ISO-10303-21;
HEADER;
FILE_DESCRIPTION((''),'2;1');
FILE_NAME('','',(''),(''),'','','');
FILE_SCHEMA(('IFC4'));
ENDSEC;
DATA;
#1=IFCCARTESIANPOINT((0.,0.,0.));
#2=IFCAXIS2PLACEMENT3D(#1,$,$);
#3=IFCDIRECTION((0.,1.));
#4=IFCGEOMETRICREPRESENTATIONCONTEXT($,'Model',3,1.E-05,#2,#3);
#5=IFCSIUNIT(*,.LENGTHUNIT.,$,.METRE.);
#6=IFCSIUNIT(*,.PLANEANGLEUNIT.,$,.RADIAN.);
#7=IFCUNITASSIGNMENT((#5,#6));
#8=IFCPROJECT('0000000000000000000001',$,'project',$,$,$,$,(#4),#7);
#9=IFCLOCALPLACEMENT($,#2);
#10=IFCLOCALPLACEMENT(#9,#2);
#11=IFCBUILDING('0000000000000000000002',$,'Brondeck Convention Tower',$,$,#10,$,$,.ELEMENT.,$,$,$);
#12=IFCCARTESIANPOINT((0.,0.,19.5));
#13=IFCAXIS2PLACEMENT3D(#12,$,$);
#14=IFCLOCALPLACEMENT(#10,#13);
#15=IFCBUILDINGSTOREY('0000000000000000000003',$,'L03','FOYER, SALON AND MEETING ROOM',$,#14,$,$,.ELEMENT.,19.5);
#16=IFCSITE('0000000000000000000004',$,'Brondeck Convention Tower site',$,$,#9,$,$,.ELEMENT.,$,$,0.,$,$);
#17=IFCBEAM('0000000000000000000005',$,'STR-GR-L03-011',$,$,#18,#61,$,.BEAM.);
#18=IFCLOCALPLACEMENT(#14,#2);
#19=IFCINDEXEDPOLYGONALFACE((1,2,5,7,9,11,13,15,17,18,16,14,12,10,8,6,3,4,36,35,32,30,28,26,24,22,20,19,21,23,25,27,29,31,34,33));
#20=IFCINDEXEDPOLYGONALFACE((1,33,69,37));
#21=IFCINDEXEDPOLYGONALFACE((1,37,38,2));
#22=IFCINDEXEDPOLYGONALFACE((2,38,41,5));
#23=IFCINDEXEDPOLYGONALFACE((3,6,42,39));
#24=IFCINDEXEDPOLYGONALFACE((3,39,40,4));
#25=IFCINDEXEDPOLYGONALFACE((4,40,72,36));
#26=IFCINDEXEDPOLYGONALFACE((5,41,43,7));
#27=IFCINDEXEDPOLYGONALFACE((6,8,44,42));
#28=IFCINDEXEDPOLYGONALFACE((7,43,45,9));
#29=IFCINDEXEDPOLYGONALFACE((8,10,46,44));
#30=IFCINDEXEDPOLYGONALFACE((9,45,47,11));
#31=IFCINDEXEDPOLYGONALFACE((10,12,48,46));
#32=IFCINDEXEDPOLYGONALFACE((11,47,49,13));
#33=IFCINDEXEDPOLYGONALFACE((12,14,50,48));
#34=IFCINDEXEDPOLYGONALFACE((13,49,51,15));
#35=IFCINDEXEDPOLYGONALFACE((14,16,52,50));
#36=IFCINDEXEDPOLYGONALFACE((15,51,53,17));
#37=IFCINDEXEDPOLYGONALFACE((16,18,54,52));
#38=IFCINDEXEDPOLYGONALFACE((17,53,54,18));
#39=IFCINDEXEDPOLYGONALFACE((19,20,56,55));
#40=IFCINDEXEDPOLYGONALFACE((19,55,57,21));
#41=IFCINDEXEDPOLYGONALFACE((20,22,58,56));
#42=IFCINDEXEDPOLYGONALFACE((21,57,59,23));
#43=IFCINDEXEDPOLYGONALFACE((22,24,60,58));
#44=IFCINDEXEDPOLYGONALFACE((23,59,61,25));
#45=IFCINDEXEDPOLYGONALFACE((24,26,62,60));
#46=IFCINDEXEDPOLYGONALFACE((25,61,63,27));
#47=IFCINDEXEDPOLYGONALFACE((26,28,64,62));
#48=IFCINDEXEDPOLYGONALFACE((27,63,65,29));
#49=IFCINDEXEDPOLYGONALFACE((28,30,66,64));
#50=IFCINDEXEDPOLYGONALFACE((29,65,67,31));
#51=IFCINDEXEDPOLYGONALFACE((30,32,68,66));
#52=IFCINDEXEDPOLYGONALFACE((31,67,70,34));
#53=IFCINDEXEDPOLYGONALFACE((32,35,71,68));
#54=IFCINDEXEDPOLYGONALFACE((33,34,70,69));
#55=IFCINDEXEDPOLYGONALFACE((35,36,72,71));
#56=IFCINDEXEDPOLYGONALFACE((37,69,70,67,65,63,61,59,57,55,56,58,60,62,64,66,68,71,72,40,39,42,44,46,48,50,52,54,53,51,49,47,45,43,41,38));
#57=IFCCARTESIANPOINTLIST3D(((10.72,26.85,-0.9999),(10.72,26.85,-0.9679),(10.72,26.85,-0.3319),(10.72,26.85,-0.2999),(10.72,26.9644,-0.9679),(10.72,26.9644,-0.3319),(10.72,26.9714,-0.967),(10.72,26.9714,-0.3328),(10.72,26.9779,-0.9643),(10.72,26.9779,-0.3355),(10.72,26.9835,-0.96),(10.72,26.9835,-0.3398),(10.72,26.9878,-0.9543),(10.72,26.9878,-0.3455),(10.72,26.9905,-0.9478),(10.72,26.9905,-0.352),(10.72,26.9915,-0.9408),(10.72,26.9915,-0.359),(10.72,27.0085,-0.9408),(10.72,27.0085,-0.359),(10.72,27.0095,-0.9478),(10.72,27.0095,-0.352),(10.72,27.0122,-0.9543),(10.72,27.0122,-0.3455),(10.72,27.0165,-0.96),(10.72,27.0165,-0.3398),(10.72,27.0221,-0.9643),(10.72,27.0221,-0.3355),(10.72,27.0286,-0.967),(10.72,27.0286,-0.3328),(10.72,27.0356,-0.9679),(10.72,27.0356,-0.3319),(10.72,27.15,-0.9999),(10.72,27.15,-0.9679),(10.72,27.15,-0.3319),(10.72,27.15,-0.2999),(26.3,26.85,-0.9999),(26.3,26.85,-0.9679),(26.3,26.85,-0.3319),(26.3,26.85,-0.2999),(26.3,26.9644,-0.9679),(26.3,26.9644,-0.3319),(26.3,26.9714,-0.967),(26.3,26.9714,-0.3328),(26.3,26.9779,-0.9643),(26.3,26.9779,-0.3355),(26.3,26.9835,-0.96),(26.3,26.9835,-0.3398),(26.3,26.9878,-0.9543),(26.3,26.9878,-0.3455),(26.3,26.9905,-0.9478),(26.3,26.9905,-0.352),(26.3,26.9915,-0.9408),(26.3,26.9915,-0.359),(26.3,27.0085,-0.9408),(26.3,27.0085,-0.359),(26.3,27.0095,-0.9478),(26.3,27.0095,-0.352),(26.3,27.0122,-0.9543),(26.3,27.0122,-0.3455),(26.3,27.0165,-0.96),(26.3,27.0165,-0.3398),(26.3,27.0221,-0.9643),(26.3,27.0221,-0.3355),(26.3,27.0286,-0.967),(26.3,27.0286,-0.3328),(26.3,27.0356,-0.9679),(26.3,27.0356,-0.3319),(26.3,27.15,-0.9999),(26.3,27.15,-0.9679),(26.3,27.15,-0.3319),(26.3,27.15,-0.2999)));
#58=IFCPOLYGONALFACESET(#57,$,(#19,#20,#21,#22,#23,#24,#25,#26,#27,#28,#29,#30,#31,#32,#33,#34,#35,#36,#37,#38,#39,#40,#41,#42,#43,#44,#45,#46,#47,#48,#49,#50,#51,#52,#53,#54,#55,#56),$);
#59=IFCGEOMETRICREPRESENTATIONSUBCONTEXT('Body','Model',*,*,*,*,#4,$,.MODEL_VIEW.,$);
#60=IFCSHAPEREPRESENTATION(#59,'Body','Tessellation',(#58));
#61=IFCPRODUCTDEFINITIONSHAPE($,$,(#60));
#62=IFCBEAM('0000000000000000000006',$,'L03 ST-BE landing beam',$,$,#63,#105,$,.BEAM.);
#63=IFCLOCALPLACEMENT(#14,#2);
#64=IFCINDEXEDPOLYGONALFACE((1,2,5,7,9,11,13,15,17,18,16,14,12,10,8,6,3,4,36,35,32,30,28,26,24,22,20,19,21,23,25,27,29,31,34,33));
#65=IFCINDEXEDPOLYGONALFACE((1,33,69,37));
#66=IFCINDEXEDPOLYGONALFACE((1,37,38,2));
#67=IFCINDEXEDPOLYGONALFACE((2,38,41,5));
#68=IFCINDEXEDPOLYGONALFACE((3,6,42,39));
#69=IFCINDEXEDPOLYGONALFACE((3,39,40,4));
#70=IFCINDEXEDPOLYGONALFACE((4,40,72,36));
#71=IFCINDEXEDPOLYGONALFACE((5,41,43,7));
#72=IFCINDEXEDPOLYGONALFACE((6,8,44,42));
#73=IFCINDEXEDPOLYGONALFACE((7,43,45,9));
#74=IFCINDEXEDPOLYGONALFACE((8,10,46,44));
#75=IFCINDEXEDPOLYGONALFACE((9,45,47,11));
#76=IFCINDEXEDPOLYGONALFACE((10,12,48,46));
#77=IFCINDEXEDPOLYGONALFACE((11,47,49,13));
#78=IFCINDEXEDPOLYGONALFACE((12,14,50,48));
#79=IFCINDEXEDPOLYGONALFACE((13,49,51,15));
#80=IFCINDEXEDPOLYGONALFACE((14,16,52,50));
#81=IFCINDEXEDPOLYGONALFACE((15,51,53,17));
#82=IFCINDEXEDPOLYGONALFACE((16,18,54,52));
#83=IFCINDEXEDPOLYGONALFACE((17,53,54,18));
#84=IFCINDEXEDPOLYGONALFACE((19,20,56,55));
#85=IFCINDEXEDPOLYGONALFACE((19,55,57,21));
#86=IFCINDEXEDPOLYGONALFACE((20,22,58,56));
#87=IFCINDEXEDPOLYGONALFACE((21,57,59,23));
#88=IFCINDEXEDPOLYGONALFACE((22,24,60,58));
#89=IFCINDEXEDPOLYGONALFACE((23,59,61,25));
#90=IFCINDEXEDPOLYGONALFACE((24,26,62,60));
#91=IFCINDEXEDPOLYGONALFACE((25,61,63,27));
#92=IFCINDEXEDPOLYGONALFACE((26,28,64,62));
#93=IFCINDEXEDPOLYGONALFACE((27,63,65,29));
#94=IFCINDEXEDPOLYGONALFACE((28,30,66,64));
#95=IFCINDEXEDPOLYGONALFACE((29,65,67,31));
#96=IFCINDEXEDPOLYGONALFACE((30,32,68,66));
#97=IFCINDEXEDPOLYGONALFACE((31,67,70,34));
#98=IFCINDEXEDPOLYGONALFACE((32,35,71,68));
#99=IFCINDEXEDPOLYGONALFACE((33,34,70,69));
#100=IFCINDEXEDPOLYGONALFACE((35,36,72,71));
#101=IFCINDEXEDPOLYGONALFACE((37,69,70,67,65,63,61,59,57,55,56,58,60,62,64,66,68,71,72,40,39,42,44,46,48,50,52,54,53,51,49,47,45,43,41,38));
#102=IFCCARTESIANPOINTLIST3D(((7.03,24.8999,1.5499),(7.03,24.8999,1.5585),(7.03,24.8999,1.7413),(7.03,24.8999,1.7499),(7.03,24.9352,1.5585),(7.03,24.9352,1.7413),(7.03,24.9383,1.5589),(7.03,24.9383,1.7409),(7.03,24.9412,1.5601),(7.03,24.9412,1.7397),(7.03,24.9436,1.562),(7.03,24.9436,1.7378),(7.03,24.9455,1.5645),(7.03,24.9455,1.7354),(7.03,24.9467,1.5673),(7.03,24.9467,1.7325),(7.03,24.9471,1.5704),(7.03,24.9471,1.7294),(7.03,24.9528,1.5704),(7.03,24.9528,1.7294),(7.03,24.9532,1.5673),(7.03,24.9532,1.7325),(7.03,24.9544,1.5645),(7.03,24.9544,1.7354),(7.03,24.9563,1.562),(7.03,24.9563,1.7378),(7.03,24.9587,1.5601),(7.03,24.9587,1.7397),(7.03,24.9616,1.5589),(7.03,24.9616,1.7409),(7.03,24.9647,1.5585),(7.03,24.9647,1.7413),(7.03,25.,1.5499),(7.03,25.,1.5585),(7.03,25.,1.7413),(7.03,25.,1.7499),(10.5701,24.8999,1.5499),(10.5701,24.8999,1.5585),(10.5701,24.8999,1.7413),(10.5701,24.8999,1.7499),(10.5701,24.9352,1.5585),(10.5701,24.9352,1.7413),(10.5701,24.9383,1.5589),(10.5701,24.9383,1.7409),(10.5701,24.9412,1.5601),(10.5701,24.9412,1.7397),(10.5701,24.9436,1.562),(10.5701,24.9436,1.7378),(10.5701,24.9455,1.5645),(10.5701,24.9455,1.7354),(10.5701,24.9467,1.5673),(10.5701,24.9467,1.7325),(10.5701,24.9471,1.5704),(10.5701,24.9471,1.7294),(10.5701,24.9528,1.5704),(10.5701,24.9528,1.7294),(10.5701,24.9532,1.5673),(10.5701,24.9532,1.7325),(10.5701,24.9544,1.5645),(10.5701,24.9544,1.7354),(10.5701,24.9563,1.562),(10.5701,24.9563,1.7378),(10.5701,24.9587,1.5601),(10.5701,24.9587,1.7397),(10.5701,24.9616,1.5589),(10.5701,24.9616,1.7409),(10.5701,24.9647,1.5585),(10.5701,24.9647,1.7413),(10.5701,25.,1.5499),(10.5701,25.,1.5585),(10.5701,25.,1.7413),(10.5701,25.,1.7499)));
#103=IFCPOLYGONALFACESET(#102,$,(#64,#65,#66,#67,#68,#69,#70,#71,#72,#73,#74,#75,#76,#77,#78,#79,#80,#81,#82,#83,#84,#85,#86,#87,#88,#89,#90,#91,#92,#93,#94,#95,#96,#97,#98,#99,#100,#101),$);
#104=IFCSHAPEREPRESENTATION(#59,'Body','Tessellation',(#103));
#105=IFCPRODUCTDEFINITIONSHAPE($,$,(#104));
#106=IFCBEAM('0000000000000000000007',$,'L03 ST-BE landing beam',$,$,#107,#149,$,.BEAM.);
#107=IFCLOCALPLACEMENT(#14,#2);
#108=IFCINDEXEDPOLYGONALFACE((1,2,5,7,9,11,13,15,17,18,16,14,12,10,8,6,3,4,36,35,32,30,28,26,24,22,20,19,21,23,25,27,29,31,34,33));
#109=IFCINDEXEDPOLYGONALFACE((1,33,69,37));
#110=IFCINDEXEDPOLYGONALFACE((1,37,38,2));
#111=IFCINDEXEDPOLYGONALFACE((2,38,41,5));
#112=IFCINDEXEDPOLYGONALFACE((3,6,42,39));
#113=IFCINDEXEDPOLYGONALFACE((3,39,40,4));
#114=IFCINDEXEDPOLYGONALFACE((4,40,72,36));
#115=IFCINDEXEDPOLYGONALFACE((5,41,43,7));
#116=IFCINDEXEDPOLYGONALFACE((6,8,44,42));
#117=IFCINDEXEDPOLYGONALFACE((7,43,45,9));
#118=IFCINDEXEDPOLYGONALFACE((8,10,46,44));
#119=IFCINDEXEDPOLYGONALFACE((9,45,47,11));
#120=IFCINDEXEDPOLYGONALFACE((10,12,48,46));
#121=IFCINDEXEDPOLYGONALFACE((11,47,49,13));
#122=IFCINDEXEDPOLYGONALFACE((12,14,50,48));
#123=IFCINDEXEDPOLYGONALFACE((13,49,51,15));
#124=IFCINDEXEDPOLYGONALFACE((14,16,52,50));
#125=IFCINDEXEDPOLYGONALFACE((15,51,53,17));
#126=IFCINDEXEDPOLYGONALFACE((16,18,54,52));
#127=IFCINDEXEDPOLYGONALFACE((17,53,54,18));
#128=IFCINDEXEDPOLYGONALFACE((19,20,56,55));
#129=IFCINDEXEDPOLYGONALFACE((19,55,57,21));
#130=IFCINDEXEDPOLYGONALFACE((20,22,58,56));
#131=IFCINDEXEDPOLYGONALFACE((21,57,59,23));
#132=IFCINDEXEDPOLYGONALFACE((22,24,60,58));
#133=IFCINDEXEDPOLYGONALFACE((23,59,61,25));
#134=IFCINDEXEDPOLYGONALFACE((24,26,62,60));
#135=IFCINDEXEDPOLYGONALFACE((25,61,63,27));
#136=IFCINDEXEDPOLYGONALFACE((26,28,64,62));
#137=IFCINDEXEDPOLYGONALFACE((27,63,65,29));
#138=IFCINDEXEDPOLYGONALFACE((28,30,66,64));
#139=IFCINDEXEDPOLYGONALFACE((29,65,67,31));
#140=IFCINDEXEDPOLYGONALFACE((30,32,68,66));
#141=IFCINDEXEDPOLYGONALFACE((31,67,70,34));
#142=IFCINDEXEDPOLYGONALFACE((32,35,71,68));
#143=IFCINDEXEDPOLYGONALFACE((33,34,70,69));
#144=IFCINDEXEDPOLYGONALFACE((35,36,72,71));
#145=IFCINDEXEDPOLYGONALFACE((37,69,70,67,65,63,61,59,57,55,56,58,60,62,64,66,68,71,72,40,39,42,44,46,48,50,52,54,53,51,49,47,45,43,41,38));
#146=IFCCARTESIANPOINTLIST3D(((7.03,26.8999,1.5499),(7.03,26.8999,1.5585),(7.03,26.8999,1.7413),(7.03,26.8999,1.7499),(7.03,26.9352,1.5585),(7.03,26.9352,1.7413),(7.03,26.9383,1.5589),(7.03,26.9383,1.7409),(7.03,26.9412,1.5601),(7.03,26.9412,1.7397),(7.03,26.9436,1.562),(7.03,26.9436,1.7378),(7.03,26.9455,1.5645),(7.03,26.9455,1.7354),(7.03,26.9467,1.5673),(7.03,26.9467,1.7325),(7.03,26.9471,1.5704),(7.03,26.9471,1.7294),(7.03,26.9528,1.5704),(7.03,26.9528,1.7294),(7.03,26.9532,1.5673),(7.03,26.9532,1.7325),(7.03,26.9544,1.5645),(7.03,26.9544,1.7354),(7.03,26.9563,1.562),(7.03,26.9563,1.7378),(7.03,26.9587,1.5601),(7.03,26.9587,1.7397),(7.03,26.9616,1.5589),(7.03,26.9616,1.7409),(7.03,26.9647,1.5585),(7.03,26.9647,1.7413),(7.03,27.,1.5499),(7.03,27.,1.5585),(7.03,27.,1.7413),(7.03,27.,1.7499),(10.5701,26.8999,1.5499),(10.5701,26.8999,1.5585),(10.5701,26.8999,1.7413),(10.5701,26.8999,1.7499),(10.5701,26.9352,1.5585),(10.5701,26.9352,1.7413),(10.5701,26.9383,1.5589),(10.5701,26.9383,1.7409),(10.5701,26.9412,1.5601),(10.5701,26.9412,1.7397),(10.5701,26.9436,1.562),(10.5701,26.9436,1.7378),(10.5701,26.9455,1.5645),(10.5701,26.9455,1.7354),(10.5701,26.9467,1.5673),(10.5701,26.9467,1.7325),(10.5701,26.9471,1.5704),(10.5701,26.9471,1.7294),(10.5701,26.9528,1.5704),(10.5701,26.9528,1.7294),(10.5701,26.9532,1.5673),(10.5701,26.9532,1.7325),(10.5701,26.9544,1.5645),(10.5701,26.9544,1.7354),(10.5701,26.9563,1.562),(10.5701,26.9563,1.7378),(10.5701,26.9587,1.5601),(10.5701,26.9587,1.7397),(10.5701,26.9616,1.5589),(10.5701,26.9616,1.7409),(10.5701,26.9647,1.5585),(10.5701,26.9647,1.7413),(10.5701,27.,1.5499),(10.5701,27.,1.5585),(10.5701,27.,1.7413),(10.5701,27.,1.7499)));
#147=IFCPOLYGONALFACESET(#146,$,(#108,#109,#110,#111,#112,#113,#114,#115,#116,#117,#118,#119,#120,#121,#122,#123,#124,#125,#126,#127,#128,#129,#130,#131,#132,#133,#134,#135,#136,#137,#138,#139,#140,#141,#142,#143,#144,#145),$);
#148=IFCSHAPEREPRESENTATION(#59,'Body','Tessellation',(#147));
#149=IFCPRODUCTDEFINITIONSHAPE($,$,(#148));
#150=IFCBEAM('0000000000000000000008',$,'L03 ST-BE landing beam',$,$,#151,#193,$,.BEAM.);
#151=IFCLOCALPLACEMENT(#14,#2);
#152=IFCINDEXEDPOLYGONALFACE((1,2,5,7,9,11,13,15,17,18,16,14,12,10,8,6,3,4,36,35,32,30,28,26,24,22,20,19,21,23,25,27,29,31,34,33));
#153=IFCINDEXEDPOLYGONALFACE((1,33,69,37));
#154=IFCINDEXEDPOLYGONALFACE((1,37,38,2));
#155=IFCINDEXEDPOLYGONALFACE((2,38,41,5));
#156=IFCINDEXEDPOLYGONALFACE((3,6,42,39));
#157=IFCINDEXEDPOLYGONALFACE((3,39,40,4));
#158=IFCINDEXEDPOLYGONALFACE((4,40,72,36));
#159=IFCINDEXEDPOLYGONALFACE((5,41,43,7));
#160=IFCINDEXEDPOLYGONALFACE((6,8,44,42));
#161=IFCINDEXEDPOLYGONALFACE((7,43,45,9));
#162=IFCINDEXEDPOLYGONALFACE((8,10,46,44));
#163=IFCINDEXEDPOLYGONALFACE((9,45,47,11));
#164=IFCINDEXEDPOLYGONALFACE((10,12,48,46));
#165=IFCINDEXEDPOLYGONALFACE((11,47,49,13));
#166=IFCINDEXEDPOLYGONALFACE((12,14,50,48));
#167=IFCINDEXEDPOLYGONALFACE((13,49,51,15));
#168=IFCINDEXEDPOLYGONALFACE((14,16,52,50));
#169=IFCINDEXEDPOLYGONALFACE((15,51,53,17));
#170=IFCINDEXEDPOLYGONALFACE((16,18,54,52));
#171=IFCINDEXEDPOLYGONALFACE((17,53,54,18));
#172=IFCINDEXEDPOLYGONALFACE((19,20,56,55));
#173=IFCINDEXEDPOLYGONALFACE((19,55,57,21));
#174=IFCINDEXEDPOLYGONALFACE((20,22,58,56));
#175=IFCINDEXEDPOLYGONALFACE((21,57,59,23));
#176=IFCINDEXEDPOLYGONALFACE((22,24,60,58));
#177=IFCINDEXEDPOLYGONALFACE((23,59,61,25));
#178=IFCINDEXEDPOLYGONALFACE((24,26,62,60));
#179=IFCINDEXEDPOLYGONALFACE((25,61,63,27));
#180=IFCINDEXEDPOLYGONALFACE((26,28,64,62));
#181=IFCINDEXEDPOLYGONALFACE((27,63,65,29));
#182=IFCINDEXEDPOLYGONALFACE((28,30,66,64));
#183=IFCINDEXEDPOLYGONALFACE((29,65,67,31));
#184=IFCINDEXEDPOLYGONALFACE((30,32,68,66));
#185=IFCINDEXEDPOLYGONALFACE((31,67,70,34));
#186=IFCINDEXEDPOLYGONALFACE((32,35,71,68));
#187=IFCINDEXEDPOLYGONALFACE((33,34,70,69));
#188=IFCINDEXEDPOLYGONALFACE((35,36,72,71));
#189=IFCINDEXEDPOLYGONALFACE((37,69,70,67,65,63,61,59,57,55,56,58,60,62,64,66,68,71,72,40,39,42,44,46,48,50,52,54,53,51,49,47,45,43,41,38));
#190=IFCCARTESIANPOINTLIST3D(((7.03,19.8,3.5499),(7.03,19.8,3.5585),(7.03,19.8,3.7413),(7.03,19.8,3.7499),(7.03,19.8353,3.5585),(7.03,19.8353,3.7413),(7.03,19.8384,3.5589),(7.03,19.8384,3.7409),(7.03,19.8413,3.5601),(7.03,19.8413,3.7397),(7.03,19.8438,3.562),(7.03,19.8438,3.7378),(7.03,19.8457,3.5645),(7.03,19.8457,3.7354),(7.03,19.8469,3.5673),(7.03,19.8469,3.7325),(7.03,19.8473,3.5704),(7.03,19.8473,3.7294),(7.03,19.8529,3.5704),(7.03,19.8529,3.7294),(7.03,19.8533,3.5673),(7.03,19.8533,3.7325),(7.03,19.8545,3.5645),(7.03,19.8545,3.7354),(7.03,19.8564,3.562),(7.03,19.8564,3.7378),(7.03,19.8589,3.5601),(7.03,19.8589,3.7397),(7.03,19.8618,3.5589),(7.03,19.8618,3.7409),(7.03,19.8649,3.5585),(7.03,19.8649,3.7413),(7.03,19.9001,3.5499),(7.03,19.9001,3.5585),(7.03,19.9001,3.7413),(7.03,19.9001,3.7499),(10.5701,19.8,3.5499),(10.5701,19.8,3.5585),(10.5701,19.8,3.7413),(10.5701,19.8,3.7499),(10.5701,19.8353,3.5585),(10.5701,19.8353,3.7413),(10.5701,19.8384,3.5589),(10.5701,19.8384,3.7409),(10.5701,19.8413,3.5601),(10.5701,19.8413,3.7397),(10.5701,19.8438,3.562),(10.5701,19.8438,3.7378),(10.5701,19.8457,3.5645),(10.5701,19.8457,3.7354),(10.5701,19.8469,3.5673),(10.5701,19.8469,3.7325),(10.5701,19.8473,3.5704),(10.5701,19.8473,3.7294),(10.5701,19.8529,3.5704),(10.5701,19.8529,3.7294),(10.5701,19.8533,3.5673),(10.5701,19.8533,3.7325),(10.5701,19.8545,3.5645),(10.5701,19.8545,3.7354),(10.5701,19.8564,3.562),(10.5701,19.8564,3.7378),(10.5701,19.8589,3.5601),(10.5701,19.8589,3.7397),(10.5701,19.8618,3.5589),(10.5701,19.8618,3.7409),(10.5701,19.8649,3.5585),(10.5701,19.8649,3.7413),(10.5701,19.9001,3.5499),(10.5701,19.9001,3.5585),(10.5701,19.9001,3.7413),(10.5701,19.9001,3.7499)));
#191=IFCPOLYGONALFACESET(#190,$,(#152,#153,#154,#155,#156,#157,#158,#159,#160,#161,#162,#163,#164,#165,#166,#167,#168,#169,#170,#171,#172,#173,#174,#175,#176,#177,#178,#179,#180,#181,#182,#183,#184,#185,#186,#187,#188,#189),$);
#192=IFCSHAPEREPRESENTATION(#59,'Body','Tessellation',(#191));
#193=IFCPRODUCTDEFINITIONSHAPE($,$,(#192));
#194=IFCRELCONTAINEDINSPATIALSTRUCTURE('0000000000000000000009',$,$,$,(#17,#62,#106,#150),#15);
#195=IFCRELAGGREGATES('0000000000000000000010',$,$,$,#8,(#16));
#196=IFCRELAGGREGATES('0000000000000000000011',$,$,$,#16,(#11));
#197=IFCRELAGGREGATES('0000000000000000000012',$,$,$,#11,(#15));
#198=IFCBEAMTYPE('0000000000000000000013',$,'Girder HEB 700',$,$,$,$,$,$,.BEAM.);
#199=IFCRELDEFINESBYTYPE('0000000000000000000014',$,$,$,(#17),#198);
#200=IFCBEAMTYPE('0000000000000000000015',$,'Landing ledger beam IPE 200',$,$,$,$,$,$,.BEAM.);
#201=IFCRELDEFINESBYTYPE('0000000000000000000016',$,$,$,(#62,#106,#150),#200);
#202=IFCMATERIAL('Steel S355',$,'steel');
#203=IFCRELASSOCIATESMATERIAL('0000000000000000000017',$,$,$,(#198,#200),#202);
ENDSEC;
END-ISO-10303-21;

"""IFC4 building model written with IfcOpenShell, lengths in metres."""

from ifc_helpers import new_model, si_unit, direction, frame, origin, origin_2d, place, context, subcontext, project, spatial, i_section, extrude, material, material_profile, profile_set, type_object, element, save


model = new_model("IFC4")

# Units and contexts
model_context = context("Model", 3, precision=1e-05, world=origin(), true_north=direction((0.0, 1.0)))
body_context = subcontext(model_context, "Body", "Model", "MODEL_VIEW")
ifc_project = project(units=[si_unit("LENGTHUNIT", "METRE"), si_unit("PLANEANGLEUNIT", "RADIAN")], contexts=[model_context])

# Site, building, storey
site_placement = place(None, origin())
site = spatial("IfcSite", under=ifc_project, at=site_placement, Name="Brondeck Convention Tower site", CompositionType="ELEMENT", RefElevation=0.0)
building_placement = place(site_placement, origin())
building = spatial("IfcBuilding", under=site, at=building_placement, Name="Brondeck Convention Tower", CompositionType="ELEMENT")
storey_placement = place(building_placement, frame((0.0, 0.0, 19.5)))
storey = spatial("IfcBuildingStorey", under=building, at=storey_placement, Name="L03", Description="FOYER, SALON AND MEETING ROOM", CompositionType="ELEMENT", Elevation=19.5)

# Beams
ifc_material_1 = material(Name="Steel S355", Category="steel")
ifc_material_profile_1 = material_profile(ifc_material_1, i_section(OverallWidth=0.3, OverallDepth=0.7, WebThickness=0.0171, FlangeThickness=0.032, FilletRadius=0.0271, at=origin_2d()), Name="HEB 700")
ifc_profile_set_1 = profile_set([ifc_material_profile_1], Name="Steel S355")
beam_type_1 = type_object("IfcBeamType", Name="Girder HEB 700", PredefinedType="BEAM", material=ifc_profile_set_1)
beam_1_placement = place(storey_placement, frame((10.72, 27.0, -0.6499), z_axis=(1.0, 0.0, 0.0), x_axis=(0.0, 1.0, 0.0)))
element("IfcBeam", 1, at=beam_1_placement, inside=storey, type_object=beam_type_1, Name="STR-GR-L03-011", PredefinedType="BEAM", context=body_context, shape_type="SweptSolid", body=[
    extrude(i_section(OverallWidth=0.3, OverallDepth=0.7, WebThickness=0.0171, FlangeThickness=0.032, FilletRadius=0.0271, at=origin_2d()), origin(), (0.0, 0.0, 1.0), 15.5801),
])
ifc_material_profile_2 = material_profile(ifc_material_1, i_section(OverallWidth=0.1001, OverallDepth=0.2, WebThickness=0.0056, FlangeThickness=0.0085, FilletRadius=0.012, at=origin_2d()), Name="IPE200")
ifc_profile_set_2 = profile_set([ifc_material_profile_2], Name="Steel S355")
beam_type_2 = type_object("IfcBeamType", Name="Landing ledger beam IPE 200", PredefinedType="BEAM", material=ifc_profile_set_2)
for number, where, z_axis, x_axis, name in (
    (2, (10.5701, 24.95, 1.6499), (-1.0, 0.0, 0.0), (0.0, -1.0, 0.0), "L03 ST-BE landing beam"),
    (3, (10.5701, 26.95, 1.6499), (-1.0, 0.0, 0.0), (0.0, -1.0, 0.0), "L03 ST-BE landing beam"),
    (4, (10.5701, 19.8501, 3.6499), (-1.0, 0.0, 0.0), (0.0, -1.0, 0.0), "L03 ST-BE landing beam"),
):
    element("IfcBeam", number, at=place(storey_placement, frame(where, z_axis=z_axis, x_axis=x_axis)), inside=storey, type_object=beam_type_2, Name=name, PredefinedType="BEAM", context=body_context, shape_type="SweptSolid", body=[
        extrude(i_section(OverallWidth=0.1001, OverallDepth=0.2, WebThickness=0.0056, FlangeThickness=0.0085, FilletRadius=0.012, at=origin_2d()), origin(), (0.0, 0.0, 1.0), 3.54),
    ])

save(model, "model.ifc")
